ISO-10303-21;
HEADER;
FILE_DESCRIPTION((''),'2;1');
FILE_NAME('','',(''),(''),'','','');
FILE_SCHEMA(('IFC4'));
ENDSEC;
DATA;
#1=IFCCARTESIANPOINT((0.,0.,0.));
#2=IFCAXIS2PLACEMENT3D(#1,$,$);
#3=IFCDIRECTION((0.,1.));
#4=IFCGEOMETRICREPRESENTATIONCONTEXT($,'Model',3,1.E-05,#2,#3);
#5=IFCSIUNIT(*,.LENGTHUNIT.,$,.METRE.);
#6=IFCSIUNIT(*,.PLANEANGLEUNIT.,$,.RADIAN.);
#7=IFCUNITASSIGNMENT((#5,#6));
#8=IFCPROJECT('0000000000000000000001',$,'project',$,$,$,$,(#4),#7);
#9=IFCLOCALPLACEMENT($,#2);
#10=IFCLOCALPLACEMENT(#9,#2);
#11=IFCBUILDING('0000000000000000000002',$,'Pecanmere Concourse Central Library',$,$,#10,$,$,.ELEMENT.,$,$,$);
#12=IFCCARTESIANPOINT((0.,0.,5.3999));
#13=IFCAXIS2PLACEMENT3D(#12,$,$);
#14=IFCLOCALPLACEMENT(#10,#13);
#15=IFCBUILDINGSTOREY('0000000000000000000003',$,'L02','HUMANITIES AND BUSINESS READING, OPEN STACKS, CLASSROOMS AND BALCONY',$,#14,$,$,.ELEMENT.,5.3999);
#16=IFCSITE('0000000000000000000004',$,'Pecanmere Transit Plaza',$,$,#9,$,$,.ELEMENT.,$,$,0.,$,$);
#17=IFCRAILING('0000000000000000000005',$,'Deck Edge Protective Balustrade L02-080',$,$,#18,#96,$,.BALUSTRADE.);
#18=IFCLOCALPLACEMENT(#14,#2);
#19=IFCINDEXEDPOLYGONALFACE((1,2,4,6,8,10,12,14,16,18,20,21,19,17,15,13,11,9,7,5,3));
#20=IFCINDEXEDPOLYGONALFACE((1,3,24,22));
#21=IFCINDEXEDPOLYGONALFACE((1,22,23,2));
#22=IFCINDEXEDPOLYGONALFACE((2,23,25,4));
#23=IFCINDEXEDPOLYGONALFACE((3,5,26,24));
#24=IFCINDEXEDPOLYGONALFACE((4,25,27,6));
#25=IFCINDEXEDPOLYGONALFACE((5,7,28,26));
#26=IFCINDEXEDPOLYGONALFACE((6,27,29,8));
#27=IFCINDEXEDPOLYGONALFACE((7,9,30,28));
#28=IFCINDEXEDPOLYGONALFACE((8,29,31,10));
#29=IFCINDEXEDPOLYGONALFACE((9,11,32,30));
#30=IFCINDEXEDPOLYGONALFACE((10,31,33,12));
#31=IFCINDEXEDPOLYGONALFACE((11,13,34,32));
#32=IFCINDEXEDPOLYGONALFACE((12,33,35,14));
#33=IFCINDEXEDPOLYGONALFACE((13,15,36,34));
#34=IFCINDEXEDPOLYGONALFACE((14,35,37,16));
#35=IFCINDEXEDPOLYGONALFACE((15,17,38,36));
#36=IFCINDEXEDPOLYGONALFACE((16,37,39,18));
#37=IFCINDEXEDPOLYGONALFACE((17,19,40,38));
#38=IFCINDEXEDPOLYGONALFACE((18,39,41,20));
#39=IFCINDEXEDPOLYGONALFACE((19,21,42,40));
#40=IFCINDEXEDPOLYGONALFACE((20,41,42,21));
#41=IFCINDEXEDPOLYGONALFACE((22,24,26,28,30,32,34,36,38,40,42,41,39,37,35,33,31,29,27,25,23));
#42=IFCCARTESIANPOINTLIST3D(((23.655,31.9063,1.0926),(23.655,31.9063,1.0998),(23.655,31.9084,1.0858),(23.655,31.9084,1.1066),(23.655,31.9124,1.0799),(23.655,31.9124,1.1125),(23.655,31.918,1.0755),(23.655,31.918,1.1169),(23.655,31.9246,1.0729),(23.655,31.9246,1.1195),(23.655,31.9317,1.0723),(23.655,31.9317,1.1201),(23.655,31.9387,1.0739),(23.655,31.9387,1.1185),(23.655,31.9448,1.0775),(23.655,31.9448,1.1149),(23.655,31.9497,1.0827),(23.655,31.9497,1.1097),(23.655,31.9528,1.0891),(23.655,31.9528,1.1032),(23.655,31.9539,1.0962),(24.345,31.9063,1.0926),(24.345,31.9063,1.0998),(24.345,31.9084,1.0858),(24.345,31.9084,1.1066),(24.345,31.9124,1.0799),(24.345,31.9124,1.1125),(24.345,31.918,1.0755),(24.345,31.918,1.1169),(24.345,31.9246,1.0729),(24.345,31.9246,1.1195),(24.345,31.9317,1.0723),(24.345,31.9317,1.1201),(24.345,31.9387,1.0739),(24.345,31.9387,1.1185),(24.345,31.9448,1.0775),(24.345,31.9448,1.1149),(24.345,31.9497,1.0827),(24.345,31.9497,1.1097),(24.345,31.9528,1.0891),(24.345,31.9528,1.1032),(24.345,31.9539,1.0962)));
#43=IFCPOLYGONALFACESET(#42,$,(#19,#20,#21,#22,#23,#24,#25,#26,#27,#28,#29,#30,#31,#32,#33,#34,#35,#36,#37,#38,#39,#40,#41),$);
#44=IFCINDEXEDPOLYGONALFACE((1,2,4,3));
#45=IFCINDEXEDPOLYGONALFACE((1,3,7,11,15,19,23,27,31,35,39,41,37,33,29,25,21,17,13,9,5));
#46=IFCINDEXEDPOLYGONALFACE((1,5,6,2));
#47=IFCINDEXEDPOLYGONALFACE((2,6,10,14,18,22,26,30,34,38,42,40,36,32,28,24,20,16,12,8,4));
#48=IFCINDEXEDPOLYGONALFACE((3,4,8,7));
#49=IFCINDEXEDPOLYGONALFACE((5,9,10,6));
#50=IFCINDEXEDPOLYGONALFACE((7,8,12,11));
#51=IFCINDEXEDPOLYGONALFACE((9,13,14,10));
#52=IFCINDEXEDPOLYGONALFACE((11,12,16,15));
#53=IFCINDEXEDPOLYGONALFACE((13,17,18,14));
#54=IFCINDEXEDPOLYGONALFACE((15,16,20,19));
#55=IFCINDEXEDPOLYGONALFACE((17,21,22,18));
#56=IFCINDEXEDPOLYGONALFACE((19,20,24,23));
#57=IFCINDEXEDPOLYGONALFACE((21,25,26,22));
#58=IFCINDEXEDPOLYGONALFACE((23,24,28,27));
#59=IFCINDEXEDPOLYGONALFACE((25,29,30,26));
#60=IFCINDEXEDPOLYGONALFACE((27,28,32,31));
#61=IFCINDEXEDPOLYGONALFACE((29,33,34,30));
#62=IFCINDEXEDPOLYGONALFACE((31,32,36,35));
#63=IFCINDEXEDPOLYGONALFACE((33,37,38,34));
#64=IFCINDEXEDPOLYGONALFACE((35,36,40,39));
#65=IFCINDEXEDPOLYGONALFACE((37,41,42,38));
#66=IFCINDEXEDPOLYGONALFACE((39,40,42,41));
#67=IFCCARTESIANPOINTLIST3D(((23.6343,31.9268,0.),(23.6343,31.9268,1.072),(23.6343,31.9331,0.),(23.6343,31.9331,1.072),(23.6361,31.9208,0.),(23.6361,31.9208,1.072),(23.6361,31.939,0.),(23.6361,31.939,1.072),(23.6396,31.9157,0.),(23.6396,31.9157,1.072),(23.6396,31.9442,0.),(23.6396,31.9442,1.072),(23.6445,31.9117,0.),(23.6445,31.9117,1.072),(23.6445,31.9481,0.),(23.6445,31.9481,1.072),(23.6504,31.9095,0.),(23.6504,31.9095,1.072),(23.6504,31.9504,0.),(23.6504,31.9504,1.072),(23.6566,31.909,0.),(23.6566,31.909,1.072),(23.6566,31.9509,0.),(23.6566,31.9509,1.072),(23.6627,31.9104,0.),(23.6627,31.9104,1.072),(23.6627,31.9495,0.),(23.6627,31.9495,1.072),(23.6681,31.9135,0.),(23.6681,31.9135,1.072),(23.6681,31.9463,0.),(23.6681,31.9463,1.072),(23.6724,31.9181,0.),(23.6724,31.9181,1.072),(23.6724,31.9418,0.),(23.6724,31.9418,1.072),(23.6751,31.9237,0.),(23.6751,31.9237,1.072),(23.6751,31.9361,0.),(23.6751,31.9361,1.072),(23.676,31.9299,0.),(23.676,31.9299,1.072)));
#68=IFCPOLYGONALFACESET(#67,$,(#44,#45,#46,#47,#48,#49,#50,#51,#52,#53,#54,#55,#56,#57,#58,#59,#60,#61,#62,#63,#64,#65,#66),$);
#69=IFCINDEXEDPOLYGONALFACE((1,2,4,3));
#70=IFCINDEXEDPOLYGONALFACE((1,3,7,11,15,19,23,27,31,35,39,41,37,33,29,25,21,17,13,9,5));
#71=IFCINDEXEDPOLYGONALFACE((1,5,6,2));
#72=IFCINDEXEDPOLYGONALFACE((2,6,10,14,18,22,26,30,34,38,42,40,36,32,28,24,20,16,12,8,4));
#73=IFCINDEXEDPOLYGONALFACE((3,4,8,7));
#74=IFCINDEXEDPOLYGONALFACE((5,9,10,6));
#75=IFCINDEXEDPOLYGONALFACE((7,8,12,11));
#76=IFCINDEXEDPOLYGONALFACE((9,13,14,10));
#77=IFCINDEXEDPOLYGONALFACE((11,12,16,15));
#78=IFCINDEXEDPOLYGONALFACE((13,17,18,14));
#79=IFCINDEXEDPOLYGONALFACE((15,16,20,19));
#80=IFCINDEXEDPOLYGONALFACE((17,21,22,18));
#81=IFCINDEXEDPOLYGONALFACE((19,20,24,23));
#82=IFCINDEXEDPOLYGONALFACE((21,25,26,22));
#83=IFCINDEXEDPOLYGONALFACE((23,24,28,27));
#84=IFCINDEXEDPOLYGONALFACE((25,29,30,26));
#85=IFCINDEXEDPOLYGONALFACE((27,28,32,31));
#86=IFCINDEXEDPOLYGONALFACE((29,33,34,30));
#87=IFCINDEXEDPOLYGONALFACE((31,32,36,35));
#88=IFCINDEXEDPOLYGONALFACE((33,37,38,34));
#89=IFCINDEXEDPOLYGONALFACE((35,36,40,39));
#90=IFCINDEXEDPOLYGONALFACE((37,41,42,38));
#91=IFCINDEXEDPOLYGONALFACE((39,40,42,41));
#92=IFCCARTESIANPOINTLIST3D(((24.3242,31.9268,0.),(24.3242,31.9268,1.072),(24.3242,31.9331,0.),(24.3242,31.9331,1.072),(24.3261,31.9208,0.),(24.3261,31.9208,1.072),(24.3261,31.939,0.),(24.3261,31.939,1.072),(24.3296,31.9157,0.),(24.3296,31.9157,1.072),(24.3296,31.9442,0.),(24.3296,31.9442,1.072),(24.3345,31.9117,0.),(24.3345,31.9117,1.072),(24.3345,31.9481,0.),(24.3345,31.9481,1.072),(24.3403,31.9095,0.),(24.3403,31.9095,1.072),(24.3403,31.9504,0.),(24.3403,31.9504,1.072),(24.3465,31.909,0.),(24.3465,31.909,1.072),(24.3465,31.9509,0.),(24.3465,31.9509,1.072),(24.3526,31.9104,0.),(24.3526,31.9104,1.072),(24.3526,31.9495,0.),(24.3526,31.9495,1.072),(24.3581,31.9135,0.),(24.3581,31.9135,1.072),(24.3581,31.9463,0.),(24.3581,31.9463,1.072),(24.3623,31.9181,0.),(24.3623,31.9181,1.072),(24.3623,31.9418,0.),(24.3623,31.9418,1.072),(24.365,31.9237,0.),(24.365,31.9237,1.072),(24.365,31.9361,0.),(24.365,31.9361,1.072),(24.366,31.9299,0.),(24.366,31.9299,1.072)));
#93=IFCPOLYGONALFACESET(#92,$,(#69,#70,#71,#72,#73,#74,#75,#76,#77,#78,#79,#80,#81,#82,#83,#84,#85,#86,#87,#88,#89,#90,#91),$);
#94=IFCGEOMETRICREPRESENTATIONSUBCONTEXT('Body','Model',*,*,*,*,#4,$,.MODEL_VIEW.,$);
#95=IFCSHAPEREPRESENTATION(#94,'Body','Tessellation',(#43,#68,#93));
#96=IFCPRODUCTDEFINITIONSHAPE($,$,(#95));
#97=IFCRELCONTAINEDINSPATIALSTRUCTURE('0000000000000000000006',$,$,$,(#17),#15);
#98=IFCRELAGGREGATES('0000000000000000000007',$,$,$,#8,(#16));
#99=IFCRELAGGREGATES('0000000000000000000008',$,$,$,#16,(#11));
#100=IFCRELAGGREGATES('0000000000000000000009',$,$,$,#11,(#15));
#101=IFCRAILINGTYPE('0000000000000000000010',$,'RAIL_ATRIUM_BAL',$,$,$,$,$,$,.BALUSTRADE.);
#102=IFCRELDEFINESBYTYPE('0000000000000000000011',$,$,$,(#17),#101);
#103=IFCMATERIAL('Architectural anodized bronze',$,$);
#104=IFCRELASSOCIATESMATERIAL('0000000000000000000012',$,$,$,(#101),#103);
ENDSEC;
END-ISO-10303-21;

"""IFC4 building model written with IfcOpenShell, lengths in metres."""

from ifc_helpers import new_model, si_unit, direction, frame, origin, origin_2d, place, context, subcontext, project, spatial, circle, extrude, material, type_object, element, save


model = new_model("IFC4")

# Units and contexts
model_context = context("Model", 3, precision=1e-05, world=origin(), true_north=direction((0.0, 1.0)))
body_context = subcontext(model_context, "Body", "Model", "MODEL_VIEW")
ifc_project = project(units=[si_unit("LENGTHUNIT", "METRE"), si_unit("PLANEANGLEUNIT", "RADIAN")], contexts=[model_context])

# Site, building, storey
site_placement = place(None, origin())
site = spatial("IfcSite", under=ifc_project, at=site_placement, Name="Pecanmere Transit Plaza", CompositionType="ELEMENT", RefElevation=0.0)
building_placement = place(site_placement, origin())
building = spatial("IfcBuilding", under=site, at=building_placement, Name="Pecanmere Concourse Central Library", CompositionType="ELEMENT")
storey_placement = place(building_placement, frame((0.0, 0.0, 5.3999)))
storey = spatial("IfcBuildingStorey", under=building, at=storey_placement, Name="L02", Description="HUMANITIES AND BUSINESS READING, OPEN STACKS, CLASSROOMS AND BALCONY", CompositionType="ELEMENT", Elevation=5.3999)

# Railing
ifc_material_1 = material(Name="Architectural anodized bronze")
railing_type = type_object("IfcRailingType", Name="RAIL_ATRIUM_BAL", PredefinedType="BALUSTRADE", material=ifc_material_1)
for number, where, name in (
    (1, (23.655, 31.9299, 0.0), "Deck Edge Protective Balustrade L02-080"),
):
    element("IfcRailing", number, at=place(storey_placement, frame(where)), inside=storey, type_object=railing_type, Name=name, PredefinedType="BALUSTRADE", context=body_context, shape_type="SweptSolid", body=[
        extrude(circle(Radius=0.0239, at=origin_2d()), frame((0.0, 0.0, 1.0962), z_axis=(1.0, 0.0, 0.0), x_axis=(0.0, 1.0, 0.0)), (0.0, 0.0, 1.0), 0.6899),
        extrude(circle(Radius=0.021, at=origin_2d()), origin(), (0.0, 0.0, 1.0), 1.072),
        extrude(circle(Radius=0.021, at=origin_2d()), frame((0.6899, 0.0, 0.0)), (0.0, 0.0, 1.0), 1.072),
    ])

save(model, "model.ifc")
